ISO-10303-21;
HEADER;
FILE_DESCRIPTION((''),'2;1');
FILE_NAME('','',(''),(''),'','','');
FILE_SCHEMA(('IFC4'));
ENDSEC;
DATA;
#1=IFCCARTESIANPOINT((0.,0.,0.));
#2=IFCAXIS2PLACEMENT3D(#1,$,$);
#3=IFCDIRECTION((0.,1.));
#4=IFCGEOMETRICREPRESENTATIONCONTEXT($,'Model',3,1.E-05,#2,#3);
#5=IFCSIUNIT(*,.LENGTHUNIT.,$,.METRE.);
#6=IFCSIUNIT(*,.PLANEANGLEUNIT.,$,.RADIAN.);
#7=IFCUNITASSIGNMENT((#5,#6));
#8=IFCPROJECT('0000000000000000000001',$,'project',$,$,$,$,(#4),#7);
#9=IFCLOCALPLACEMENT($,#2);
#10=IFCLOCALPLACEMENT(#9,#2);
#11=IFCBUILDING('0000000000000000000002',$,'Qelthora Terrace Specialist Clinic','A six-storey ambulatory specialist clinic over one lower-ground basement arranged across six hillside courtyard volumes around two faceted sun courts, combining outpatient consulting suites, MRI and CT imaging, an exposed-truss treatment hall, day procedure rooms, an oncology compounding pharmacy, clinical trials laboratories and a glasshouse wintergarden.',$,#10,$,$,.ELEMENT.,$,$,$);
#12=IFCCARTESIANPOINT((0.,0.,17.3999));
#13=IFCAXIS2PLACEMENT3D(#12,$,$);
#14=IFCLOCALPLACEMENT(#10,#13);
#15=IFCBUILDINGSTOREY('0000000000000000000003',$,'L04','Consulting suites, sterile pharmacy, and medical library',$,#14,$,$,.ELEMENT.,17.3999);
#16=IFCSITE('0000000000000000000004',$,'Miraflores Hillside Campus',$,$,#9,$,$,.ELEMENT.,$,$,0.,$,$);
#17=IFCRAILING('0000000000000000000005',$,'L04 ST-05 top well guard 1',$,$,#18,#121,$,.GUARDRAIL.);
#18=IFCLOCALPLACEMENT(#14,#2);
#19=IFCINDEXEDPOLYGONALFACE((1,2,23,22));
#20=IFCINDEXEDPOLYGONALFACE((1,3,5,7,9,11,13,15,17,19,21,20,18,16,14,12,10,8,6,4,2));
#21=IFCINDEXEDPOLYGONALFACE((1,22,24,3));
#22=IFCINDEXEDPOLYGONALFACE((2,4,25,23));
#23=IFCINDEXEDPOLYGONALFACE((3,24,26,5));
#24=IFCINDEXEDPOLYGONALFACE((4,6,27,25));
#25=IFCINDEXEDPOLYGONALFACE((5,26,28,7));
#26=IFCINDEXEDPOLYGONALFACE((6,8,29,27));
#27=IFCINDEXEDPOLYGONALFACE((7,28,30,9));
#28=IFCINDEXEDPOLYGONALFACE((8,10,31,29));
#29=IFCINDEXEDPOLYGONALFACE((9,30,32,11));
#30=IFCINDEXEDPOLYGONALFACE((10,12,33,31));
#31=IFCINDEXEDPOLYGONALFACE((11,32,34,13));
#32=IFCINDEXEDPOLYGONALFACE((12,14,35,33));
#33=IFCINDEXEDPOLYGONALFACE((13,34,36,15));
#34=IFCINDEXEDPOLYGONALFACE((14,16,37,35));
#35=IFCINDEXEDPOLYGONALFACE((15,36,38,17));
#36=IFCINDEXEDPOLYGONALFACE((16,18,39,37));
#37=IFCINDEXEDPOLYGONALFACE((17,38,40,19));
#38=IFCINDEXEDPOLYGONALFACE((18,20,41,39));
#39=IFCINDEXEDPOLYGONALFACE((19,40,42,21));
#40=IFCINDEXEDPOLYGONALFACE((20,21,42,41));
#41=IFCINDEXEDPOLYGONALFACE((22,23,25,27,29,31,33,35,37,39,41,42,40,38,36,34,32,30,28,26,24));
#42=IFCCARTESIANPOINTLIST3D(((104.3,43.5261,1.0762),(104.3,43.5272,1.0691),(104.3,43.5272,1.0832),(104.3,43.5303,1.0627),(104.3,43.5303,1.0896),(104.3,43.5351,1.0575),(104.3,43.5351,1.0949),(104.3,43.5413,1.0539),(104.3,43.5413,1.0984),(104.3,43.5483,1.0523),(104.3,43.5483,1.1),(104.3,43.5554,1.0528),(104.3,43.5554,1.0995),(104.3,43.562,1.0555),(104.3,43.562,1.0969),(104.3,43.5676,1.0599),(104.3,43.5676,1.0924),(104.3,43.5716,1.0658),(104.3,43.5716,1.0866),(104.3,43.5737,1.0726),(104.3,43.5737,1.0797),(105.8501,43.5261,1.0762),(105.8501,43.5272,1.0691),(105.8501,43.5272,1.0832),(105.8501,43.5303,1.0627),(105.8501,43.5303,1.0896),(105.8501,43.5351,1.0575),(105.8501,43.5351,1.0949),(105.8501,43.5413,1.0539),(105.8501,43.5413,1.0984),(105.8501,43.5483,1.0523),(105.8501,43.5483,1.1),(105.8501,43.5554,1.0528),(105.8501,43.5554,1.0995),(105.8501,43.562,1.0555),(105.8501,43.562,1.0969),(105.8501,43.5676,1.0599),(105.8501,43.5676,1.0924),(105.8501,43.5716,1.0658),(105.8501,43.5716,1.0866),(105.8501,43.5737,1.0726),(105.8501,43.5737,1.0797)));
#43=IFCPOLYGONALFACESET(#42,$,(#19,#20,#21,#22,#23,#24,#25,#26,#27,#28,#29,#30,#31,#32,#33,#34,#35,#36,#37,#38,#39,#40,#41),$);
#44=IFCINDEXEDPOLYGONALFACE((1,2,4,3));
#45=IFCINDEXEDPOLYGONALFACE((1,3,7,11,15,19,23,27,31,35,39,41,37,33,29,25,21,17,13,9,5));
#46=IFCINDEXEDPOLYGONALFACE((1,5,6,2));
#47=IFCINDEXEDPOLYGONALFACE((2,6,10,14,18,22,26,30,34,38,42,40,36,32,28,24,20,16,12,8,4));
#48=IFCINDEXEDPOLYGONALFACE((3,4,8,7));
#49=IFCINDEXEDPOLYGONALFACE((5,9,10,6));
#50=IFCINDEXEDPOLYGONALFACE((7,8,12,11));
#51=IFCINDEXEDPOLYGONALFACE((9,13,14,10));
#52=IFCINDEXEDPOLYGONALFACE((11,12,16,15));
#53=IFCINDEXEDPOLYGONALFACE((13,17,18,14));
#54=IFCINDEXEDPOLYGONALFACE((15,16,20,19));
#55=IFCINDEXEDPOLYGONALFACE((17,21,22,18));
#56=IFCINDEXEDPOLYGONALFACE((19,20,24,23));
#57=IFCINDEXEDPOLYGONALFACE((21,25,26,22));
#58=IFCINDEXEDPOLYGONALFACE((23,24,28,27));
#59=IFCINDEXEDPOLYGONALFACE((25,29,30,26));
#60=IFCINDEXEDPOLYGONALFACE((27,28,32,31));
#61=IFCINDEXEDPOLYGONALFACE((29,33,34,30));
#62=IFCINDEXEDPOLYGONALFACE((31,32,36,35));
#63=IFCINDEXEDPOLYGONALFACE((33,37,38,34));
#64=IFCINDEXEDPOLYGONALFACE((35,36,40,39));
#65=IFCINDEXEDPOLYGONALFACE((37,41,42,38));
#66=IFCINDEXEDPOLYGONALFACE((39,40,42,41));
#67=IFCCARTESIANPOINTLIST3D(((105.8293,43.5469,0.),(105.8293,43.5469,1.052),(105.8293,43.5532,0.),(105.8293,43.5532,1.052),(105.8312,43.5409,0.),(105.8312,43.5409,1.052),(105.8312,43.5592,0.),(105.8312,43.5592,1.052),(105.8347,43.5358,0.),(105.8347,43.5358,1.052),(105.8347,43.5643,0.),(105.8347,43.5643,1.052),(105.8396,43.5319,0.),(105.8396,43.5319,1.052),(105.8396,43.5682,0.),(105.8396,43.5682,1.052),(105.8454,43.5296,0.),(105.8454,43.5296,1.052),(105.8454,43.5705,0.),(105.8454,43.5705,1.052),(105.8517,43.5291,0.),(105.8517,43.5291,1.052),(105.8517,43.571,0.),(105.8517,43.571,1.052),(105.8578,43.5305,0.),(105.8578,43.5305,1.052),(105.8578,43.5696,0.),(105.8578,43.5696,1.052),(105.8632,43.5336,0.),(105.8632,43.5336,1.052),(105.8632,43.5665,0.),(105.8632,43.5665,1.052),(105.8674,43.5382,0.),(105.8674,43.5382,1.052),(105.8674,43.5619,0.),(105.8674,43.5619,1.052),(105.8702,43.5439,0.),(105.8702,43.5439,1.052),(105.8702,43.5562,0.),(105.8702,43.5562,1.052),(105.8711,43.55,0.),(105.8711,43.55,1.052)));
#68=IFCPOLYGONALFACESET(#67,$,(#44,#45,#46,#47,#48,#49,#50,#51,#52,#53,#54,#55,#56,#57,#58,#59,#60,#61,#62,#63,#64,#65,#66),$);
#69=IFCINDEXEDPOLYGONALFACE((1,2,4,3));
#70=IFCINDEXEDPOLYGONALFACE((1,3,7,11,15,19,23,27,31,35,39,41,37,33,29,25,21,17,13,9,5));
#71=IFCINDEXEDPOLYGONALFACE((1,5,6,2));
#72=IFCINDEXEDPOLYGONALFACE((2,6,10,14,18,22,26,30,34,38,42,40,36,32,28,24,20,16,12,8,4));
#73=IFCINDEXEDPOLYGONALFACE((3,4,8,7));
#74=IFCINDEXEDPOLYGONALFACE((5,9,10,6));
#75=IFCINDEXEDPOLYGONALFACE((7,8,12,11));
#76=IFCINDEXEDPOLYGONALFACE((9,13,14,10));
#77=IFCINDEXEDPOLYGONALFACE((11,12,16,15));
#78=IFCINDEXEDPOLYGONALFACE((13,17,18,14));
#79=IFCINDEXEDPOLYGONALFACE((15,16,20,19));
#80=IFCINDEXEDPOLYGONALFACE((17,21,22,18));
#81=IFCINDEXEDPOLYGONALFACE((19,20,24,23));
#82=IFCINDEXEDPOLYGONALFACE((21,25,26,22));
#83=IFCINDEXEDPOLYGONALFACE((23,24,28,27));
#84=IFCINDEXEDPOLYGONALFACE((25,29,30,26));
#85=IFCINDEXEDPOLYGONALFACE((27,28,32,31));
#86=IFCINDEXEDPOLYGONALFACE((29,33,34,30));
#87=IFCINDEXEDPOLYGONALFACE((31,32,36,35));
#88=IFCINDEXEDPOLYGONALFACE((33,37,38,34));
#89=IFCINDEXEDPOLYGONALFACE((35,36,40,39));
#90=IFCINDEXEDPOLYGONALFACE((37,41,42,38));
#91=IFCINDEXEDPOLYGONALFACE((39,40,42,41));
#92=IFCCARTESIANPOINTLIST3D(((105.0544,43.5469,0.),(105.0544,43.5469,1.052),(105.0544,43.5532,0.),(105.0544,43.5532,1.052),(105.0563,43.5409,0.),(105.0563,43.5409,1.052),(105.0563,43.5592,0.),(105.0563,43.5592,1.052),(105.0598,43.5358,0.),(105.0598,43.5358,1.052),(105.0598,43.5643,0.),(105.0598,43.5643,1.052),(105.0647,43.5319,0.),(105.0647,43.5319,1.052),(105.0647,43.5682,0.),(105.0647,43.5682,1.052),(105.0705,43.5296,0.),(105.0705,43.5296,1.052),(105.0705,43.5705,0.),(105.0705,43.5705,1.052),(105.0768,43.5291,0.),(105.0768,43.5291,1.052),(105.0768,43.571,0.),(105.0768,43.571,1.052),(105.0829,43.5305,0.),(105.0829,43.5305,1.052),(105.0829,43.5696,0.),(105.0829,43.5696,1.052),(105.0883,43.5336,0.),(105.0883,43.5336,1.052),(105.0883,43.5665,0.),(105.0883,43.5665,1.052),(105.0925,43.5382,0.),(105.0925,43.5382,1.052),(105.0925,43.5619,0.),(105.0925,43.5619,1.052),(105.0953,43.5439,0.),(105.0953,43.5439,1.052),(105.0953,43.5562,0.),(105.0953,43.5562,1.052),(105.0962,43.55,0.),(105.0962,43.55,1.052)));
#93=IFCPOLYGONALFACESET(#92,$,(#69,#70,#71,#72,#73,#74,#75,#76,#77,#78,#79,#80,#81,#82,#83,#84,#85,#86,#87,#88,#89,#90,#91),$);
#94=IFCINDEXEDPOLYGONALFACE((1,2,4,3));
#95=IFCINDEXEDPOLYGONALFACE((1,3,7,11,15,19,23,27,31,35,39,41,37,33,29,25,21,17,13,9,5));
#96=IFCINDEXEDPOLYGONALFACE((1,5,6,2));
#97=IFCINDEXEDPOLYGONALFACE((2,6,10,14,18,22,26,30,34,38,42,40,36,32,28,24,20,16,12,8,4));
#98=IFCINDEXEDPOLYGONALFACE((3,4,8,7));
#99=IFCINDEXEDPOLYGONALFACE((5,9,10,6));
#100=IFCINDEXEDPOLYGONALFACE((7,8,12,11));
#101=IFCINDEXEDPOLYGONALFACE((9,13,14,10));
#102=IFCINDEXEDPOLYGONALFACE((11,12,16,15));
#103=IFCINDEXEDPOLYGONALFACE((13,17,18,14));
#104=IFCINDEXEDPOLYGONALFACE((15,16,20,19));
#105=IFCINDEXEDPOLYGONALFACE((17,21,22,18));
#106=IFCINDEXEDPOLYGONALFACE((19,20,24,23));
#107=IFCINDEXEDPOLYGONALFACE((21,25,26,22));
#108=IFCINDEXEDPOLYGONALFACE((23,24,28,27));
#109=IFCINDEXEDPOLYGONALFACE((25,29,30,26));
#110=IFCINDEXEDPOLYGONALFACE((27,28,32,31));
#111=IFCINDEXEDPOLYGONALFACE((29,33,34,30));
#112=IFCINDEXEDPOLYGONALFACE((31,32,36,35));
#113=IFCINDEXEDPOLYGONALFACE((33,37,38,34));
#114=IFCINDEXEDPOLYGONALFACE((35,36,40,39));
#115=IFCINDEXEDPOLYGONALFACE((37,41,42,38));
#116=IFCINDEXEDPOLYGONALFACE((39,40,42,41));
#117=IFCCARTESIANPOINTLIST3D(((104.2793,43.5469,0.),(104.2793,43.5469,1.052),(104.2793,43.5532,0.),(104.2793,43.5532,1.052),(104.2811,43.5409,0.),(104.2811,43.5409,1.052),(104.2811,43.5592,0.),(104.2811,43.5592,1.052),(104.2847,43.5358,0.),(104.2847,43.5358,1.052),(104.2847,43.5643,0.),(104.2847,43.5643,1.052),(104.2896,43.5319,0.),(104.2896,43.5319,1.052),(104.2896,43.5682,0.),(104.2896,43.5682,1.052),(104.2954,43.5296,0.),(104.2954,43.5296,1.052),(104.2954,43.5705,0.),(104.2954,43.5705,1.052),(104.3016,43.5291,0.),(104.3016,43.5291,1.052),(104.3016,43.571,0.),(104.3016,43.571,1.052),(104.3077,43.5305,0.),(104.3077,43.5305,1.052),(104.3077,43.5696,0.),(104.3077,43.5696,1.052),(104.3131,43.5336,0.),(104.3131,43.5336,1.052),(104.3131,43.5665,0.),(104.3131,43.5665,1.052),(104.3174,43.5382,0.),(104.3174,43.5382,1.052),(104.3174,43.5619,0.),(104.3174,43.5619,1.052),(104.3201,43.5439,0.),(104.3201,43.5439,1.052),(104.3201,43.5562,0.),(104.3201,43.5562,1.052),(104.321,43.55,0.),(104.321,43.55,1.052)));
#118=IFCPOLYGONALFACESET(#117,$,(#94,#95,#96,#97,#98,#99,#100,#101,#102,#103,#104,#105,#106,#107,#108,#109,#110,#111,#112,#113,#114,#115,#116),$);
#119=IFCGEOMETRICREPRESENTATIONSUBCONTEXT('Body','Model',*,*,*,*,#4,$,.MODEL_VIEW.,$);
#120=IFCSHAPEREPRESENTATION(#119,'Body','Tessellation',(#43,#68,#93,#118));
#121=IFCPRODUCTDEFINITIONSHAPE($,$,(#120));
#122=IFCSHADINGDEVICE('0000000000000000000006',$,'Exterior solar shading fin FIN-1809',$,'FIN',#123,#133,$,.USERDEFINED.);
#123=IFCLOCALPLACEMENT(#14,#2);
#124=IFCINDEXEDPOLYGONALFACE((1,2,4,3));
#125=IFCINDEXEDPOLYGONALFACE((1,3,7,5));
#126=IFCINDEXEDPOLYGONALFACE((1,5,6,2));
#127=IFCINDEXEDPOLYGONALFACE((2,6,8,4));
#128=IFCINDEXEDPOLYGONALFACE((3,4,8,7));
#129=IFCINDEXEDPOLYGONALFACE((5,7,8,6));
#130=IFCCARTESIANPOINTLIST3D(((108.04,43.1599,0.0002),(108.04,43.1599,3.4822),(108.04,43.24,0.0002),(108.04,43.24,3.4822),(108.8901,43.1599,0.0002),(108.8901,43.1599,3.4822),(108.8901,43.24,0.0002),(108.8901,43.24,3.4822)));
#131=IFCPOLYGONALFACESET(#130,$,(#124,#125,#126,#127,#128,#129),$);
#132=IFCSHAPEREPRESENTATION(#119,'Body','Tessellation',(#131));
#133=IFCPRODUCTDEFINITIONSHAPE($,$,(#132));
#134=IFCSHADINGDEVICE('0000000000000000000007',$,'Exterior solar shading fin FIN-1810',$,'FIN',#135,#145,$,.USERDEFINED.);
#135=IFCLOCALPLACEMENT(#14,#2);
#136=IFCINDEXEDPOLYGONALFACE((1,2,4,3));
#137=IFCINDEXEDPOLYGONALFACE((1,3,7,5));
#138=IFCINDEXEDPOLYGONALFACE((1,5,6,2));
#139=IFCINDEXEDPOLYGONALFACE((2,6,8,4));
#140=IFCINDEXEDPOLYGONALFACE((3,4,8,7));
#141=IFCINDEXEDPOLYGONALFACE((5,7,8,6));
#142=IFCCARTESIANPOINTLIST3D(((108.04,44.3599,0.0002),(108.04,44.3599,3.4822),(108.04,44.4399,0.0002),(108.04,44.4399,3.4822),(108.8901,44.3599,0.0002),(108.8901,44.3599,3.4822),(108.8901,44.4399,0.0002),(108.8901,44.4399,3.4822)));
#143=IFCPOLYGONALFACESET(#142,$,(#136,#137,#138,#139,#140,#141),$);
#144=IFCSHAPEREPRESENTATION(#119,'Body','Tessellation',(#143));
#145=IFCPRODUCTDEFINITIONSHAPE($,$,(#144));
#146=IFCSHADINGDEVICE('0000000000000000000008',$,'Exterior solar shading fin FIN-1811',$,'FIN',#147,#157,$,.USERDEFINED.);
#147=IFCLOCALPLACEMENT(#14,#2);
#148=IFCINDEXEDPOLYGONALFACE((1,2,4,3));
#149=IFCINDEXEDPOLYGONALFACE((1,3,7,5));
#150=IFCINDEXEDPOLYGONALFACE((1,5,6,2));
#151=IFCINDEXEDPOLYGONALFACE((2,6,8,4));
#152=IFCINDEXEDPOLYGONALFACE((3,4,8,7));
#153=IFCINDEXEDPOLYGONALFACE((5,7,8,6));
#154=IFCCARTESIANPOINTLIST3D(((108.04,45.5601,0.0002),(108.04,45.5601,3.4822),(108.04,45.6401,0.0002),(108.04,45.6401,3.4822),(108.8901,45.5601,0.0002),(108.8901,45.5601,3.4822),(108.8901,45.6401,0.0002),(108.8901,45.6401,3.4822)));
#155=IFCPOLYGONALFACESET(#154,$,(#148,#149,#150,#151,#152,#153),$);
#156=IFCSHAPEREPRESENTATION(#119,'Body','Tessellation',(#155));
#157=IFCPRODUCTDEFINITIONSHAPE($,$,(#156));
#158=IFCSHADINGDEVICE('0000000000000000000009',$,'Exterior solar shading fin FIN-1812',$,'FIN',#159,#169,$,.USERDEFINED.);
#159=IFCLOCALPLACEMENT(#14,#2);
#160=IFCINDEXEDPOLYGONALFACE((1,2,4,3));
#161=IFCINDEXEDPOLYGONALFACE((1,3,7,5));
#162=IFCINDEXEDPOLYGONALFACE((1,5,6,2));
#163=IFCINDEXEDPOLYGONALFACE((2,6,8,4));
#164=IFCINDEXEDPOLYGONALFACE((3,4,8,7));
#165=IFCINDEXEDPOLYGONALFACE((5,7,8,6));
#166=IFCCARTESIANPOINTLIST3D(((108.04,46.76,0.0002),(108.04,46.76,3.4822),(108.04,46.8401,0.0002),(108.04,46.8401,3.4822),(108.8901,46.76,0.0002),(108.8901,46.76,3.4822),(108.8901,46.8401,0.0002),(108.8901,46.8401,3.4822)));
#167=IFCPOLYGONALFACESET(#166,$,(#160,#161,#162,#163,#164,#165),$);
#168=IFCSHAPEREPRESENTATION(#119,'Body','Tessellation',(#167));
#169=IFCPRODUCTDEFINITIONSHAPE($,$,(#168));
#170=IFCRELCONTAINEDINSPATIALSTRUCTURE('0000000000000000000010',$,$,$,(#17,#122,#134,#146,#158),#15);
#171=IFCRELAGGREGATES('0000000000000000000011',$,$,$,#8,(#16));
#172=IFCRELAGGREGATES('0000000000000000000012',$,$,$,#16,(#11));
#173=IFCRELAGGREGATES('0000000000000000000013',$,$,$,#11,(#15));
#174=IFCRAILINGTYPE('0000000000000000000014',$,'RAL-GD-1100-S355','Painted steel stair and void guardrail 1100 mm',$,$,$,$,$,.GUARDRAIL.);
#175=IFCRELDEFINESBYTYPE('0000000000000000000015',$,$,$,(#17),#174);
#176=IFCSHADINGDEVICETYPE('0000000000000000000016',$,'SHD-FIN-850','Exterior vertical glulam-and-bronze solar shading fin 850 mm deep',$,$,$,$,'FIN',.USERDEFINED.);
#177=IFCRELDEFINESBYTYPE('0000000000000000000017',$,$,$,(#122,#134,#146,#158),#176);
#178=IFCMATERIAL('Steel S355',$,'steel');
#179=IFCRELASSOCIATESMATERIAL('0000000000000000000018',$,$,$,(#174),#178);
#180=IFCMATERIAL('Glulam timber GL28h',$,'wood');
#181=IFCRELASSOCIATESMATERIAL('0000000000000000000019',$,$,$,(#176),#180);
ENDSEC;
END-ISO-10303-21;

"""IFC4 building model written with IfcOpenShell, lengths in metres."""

from ifc_helpers import new_model, si_unit, direction, frame, origin, origin_2d, place, context, subcontext, project, spatial, rectangle, circle, extrude, material, type_object, element, save


model = new_model("IFC4")

# Units and contexts
model_context = context("Model", 3, precision=1e-05, world=origin(), true_north=direction((0.0, 1.0)))
body_context = subcontext(model_context, "Body", "Model", "MODEL_VIEW")
ifc_project = project(units=[si_unit("LENGTHUNIT", "METRE"), si_unit("PLANEANGLEUNIT", "RADIAN")], contexts=[model_context])

# Site, building, storey
site_placement = place(None, origin())
site = spatial("IfcSite", under=ifc_project, at=site_placement, Name="Miraflores Hillside Campus", CompositionType="ELEMENT", RefElevation=0.0)
building_placement = place(site_placement, origin())
building = spatial("IfcBuilding", under=site, at=building_placement, Name="Qelthora Terrace Specialist Clinic", Description="A six-storey ambulatory specialist clinic over one lower-ground basement arranged across six hillside courtyard volumes around two faceted sun courts, combining outpatient consulting suites, MRI and CT imaging, an exposed-truss treatment hall, day procedure rooms, an oncology compounding pharmacy, clinical trials laboratories and a glasshouse wintergarden.", CompositionType="ELEMENT")
storey_placement = place(building_placement, frame((0.0, 0.0, 17.3999)))
storey = spatial("IfcBuildingStorey", under=building, at=storey_placement, Name="L04", Description="Consulting suites, sterile pharmacy, and medical library", CompositionType="ELEMENT", Elevation=17.3999)

# Shared definitions
ifc_material_1 = material(Name="Steel S355", Category="steel")

# Shared definitions
ifc_material_2 = material(Name="Glulam timber GL28h", Category="wood")

# Railing
railing_type = type_object("IfcRailingType", Name="RAL-GD-1100-S355", Description="Painted steel stair and void guardrail 1100 mm", PredefinedType="GUARDRAIL", material=ifc_material_1)
railing_placement = place(storey_placement, frame((105.8501, 43.55, 0.0)))
element("IfcRailing", 1, at=railing_placement, inside=storey, type_object=railing_type, Name="L04 ST-05 top well guard 1", PredefinedType="GUARDRAIL", context=body_context, shape_type="SweptSolid", body=[
    extrude(circle(Radius=0.0239, at=origin_2d()), frame((0.0, 0.0, 1.0762), z_axis=(-1.0, 0.0, 0.0), x_axis=(0.0, -1.0, 0.0)), (0.0, 0.0, 1.0), 1.55),
    extrude(circle(Radius=0.021, at=origin_2d()), origin(), (0.0, 0.0, 1.0), 1.052),
    extrude(circle(Radius=0.021, at=origin_2d()), frame((-0.7749, 0.0, 0.0)), (0.0, 0.0, 1.0), 1.052),
    extrude(circle(Radius=0.021, at=origin_2d()), frame((-1.55, 0.0, 0.0)), (0.0, 0.0, 1.0), 1.052),
])

# Shading devices
shading_device_type = type_object("IfcShadingDeviceType", Name="SHD-FIN-850", Description="Exterior vertical glulam-and-bronze solar shading fin 850 mm deep", ElementType="FIN", PredefinedType="USERDEFINED", material=ifc_material_2)
for number, where, z_axis, x_axis, name in (
    (2, (108.4651, 43.2, 0.0002), (0.0, 0.0, 1.0), (1.0, 0.0, 0.0), "Exterior solar shading fin FIN-1809"),
    (3, (108.4651, 44.3999, 0.0002), (0.0, 0.0, 1.0), (1.0, 0.0, 0.0), "Exterior solar shading fin FIN-1810"),
    (4, (108.4651, 45.6001, 0.0002), (0.0, 0.0, 1.0), (1.0, 0.0, 0.0), "Exterior solar shading fin FIN-1811"),
    (5, (108.4651, 46.8, 0.0002), (0.0, 0.0, 1.0), (1.0, 0.0, 0.0), "Exterior solar shading fin FIN-1812"),
):
    element("IfcShadingDevice", number, at=place(storey_placement, frame(where, z_axis=z_axis, x_axis=x_axis)), inside=storey, type_object=shading_device_type, Name=name, ObjectType="FIN", PredefinedType="USERDEFINED", context=body_context, shape_type="SweptSolid", body=[
        extrude(rectangle(XDim=0.8501, YDim=0.0801, at=origin_2d()), origin(), (0.0, 0.0, 1.0), 3.4819),
    ])

save(model, "model.ifc")
